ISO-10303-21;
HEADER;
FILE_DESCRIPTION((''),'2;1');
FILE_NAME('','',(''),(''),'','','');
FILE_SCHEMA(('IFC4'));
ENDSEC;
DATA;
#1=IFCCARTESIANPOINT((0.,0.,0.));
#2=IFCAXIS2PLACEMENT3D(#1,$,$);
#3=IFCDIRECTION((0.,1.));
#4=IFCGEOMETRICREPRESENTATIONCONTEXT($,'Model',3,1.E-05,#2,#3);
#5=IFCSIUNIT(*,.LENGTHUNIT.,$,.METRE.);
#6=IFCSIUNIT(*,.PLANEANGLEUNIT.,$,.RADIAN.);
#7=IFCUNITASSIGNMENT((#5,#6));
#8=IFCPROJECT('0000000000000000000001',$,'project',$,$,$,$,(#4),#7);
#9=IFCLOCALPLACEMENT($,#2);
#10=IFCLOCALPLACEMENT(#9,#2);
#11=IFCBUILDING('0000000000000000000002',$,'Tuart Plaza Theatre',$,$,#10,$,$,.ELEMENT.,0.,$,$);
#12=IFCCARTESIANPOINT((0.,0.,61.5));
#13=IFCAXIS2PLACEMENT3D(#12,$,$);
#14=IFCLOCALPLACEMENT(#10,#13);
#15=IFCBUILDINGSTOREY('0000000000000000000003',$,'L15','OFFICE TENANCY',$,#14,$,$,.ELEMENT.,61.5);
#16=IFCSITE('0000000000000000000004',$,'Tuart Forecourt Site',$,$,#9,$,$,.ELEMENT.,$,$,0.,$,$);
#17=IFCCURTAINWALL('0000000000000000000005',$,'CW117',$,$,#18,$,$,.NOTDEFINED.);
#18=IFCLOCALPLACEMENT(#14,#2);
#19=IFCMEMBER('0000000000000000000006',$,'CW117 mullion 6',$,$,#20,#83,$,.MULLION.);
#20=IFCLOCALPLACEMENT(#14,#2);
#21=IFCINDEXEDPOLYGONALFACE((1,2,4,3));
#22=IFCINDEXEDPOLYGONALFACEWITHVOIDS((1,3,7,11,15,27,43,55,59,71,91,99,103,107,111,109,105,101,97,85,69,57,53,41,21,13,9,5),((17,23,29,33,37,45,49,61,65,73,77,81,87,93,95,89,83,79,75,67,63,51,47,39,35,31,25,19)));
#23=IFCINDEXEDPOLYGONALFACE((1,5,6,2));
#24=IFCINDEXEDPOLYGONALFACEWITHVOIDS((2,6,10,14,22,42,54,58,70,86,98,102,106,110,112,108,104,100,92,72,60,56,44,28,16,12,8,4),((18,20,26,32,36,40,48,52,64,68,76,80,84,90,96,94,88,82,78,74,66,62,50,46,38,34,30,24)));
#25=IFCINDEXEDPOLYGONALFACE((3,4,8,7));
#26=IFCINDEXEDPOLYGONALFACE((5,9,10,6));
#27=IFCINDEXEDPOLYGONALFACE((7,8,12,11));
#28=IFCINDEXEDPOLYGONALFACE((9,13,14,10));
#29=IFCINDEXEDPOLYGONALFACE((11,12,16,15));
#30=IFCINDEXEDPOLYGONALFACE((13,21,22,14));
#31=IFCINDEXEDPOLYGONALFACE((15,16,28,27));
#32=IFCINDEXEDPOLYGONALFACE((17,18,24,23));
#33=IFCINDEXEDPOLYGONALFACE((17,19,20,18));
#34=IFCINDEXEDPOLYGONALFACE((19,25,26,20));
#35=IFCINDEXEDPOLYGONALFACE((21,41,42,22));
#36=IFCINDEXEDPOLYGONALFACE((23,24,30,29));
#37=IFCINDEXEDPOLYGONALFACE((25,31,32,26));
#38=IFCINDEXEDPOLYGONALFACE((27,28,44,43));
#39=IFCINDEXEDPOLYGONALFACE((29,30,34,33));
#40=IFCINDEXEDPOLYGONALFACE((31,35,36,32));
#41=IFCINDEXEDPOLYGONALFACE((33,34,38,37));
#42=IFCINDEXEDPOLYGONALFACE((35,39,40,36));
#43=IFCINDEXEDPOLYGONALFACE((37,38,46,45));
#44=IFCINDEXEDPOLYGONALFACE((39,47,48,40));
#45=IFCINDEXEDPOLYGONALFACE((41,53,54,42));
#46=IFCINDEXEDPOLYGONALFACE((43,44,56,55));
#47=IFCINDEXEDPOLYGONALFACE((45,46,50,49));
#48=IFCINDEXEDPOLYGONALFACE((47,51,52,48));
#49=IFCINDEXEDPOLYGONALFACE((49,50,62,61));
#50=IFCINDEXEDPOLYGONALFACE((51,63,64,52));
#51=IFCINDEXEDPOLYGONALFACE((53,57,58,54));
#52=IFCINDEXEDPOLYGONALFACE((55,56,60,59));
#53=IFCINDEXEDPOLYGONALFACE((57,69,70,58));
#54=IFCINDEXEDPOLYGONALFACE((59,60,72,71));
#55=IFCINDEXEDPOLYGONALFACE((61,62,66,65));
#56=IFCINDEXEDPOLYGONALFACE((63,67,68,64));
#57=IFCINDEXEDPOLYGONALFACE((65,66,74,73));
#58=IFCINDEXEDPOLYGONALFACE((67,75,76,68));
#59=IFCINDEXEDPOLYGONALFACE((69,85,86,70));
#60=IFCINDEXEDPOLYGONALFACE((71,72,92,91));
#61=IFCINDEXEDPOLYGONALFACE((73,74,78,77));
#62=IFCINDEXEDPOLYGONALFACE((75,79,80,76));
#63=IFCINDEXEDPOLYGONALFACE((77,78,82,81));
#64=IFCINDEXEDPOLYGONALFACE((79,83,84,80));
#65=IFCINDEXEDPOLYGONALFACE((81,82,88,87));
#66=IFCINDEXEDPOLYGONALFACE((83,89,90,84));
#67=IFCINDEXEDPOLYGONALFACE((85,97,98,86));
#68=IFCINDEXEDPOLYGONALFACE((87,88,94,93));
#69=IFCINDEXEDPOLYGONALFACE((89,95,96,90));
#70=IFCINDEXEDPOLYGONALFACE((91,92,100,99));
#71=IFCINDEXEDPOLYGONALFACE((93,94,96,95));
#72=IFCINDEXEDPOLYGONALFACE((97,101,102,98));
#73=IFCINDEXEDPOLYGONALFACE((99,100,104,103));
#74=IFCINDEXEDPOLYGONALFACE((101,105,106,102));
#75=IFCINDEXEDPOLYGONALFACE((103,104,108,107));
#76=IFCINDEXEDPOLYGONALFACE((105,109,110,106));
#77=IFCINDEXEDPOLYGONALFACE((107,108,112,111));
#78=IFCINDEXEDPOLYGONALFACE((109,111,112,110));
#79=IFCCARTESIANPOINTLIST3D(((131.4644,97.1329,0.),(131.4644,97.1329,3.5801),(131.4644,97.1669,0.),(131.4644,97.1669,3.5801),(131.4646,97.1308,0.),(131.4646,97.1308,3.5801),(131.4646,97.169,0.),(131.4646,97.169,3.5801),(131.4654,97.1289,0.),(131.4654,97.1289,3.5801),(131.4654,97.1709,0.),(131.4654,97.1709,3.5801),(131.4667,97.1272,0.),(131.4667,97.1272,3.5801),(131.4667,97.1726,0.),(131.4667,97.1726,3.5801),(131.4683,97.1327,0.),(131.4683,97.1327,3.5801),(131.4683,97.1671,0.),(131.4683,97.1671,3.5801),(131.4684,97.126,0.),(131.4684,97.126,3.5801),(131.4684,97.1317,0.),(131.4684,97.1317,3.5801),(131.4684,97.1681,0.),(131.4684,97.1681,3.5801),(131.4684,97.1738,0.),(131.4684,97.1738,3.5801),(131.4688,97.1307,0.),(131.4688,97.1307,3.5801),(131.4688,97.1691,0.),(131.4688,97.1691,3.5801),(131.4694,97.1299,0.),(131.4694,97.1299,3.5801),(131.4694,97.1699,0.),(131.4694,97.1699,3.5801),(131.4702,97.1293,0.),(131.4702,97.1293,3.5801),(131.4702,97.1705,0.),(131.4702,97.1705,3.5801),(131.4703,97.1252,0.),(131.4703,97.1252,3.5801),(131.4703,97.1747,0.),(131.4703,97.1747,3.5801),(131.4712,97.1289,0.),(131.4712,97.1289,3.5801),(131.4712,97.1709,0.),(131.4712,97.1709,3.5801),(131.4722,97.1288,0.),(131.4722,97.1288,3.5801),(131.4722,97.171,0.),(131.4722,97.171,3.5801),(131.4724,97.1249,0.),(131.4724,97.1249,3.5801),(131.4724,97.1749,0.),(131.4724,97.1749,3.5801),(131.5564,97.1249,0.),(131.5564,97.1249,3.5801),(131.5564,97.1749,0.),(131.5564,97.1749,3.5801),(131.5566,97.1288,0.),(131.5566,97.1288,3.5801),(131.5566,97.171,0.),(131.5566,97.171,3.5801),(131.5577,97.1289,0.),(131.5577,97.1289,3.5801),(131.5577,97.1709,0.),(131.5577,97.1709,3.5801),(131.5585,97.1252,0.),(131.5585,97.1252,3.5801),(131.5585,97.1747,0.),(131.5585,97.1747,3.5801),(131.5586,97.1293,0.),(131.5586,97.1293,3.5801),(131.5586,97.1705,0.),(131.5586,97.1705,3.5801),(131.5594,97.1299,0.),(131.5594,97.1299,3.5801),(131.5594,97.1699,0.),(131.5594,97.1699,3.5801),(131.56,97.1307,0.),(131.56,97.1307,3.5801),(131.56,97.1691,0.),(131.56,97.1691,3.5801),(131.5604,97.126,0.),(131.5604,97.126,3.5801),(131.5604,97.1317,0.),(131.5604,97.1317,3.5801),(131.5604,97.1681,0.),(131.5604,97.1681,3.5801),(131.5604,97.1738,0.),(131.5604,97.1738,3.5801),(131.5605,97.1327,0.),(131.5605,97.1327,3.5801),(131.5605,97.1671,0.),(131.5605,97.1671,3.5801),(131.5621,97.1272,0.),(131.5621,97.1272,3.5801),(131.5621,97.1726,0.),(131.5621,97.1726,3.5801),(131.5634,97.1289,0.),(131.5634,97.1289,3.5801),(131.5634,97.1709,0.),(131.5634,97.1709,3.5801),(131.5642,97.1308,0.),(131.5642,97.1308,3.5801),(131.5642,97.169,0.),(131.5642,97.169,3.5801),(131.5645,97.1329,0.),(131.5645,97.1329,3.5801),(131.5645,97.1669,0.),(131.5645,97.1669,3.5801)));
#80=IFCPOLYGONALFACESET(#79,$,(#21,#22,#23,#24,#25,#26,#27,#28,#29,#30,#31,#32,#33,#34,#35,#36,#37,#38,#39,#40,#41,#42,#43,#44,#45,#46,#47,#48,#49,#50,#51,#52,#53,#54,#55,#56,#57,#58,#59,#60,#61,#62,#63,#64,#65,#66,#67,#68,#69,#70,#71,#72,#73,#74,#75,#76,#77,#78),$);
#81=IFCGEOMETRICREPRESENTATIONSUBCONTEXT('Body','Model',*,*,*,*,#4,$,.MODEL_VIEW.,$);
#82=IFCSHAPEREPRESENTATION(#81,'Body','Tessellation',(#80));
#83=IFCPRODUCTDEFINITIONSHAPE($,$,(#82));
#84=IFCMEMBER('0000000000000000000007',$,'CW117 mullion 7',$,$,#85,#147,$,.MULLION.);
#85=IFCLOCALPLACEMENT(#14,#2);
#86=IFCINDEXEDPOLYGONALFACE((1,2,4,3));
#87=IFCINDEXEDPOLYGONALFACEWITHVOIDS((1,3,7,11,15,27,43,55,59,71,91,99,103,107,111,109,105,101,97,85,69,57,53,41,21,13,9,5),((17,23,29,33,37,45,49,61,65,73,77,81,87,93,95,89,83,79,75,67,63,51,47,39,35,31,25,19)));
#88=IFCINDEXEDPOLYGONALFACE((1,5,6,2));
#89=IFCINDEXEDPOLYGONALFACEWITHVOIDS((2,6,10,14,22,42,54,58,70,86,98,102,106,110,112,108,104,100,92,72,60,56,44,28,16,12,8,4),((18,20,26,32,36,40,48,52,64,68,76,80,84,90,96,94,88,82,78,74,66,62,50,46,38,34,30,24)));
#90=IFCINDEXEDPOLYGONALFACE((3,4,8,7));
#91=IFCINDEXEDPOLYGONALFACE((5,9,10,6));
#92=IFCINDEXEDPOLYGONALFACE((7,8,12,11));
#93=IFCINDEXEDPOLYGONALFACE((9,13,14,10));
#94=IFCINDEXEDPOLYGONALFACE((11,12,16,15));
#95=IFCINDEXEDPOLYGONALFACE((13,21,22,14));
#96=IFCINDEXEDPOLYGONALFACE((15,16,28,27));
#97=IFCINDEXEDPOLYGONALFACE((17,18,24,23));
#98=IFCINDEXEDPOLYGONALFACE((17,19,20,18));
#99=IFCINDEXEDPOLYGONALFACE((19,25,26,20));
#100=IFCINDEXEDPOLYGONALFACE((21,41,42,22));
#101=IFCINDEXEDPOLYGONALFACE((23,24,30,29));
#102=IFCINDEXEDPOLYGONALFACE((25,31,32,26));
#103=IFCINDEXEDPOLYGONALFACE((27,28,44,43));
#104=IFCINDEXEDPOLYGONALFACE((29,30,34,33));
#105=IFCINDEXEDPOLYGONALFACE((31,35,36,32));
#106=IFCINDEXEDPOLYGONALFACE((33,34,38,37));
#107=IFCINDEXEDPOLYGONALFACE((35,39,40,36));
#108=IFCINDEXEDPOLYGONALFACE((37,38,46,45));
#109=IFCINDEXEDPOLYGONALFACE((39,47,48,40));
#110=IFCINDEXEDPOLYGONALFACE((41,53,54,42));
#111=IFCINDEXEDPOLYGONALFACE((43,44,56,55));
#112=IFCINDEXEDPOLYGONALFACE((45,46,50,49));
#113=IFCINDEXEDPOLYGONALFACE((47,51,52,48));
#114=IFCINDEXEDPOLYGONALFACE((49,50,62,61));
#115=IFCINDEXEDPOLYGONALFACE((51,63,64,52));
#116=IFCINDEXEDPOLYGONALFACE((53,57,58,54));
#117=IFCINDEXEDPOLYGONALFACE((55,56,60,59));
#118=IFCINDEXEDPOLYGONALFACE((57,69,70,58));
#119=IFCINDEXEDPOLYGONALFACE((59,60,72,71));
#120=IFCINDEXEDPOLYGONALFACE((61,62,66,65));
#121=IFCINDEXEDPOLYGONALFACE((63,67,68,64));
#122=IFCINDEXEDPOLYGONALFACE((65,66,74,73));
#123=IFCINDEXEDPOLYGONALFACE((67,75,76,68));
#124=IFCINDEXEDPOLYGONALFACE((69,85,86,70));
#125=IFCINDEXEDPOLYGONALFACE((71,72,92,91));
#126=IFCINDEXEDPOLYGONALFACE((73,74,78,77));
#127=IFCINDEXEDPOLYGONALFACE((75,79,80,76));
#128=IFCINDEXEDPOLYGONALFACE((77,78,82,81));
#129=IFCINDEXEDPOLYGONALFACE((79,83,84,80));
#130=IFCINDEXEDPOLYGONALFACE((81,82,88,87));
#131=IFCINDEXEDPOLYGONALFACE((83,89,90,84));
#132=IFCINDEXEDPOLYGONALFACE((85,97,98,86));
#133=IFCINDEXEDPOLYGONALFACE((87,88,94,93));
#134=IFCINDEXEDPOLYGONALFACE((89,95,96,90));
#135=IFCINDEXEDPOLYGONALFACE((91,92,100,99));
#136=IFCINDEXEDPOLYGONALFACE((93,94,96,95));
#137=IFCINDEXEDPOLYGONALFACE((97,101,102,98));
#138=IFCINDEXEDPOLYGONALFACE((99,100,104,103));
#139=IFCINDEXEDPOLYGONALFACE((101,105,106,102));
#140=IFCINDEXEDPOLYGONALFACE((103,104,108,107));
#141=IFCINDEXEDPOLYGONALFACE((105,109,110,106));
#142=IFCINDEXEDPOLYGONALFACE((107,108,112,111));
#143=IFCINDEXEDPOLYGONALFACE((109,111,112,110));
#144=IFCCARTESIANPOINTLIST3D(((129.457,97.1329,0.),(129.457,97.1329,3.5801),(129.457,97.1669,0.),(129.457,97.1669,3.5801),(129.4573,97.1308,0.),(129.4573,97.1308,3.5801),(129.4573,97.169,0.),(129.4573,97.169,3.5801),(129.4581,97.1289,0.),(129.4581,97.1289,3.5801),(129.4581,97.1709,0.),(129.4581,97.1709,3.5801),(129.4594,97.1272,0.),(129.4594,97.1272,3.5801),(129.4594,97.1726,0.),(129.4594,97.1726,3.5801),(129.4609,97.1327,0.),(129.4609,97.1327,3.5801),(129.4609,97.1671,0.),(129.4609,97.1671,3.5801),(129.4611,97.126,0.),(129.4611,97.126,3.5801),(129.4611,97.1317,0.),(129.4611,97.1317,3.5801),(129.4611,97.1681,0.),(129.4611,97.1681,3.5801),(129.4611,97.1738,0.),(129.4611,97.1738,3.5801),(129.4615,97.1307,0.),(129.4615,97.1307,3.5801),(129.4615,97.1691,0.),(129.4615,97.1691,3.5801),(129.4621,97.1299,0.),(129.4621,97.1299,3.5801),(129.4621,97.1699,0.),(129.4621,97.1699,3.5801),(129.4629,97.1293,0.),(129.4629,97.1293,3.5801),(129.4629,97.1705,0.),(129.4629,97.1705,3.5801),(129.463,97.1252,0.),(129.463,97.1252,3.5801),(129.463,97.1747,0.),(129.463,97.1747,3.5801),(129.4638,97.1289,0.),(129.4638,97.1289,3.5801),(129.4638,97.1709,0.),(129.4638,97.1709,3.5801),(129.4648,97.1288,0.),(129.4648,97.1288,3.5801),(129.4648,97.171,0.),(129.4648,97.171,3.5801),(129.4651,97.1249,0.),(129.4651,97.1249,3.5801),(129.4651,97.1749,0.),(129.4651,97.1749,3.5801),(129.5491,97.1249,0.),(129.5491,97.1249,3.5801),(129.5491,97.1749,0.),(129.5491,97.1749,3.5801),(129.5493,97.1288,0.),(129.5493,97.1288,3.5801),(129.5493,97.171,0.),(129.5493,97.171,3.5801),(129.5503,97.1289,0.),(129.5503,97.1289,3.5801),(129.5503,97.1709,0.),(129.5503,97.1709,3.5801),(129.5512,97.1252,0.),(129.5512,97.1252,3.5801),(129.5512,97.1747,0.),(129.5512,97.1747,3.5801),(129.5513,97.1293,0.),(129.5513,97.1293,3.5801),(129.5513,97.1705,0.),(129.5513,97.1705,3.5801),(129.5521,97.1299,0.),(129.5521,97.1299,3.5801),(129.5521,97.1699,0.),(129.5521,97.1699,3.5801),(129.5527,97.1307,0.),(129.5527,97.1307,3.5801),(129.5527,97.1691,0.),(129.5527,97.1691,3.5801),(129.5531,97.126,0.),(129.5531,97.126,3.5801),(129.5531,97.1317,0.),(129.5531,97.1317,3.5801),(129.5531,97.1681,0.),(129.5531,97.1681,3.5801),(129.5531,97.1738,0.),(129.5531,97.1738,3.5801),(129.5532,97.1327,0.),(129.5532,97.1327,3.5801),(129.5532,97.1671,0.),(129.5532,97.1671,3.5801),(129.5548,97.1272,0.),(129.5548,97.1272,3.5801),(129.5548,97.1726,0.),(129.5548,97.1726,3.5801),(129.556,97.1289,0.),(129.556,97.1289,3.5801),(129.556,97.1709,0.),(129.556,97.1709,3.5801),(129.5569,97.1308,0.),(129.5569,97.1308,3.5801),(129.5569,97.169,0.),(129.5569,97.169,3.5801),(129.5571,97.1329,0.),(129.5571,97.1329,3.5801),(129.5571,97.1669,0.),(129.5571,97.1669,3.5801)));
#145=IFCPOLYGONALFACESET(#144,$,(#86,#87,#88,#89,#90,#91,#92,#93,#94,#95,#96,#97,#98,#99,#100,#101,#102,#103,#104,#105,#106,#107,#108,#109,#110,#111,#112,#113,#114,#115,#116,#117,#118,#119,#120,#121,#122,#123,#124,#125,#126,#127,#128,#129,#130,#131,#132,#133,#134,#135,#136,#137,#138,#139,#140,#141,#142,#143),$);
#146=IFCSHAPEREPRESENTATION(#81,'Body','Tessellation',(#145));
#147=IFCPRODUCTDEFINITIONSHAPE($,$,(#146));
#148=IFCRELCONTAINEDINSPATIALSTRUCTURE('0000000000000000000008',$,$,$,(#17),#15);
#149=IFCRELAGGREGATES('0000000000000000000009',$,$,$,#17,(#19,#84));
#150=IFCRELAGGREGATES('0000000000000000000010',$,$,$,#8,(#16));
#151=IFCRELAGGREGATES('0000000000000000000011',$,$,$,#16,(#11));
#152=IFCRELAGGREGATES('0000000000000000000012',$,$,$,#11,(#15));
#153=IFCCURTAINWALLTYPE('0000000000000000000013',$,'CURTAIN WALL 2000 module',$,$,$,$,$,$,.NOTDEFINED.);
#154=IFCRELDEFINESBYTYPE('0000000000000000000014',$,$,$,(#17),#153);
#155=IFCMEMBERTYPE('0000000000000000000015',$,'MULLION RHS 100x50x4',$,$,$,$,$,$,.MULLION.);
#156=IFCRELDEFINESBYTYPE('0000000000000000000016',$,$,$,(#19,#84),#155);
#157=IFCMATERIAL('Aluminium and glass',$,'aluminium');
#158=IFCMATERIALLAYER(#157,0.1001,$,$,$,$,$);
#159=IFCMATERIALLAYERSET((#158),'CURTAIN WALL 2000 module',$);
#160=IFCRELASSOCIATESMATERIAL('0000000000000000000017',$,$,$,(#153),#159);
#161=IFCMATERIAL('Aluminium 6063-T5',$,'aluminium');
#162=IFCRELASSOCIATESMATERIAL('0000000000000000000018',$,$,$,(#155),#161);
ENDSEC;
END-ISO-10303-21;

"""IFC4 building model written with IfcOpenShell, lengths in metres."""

from ifc_helpers import new_model, si_unit, direction, frame, origin, origin_2d, place, context, subcontext, project, spatial, hollow_rectangle, extrude, material, layer, layer_set, material_profile, profile_set, type_object, element, aggregate, save


model = new_model("IFC4")

# Units and contexts
model_context = context("Model", 3, precision=1e-05, world=origin(), true_north=direction((0.0, 1.0)))
body_context = subcontext(model_context, "Body", "Model", "MODEL_VIEW")
ifc_project = project(units=[si_unit("LENGTHUNIT", "METRE"), si_unit("PLANEANGLEUNIT", "RADIAN")], contexts=[model_context])

# Site, building, storey
site_placement = place(None, origin())
site = spatial("IfcSite", under=ifc_project, at=site_placement, Name="Tuart Forecourt Site", CompositionType="ELEMENT", RefElevation=0.0)
building_placement = place(site_placement, origin())
building = spatial("IfcBuilding", under=site, at=building_placement, Name="Tuart Plaza Theatre", CompositionType="ELEMENT", ElevationOfRefHeight=0.0)
storey_placement = place(building_placement, frame((0.0, 0.0, 61.5)))
storey = spatial("IfcBuildingStorey", under=building, at=storey_placement, Name="L15", Description="OFFICE TENANCY", CompositionType="ELEMENT", Elevation=61.5)

# Curtain wall, members
ifc_material_1 = material(Name="Aluminium and glass", Category="aluminium")
ifc_layer_1 = layer(ifc_material_1, 0.1001)
ifc_layer_set_1 = layer_set([ifc_layer_1], Name="CURTAIN WALL 2000 module")
curtain_wall_type = type_object("IfcCurtainWallType", Name="CURTAIN WALL 2000 module", PredefinedType="NOTDEFINED", material=ifc_layer_set_1)
curtain_wall_placement = place(storey_placement, origin())
curtain_wall = element("IfcCurtainWall", 1, at=curtain_wall_placement, inside=storey, type_object=curtain_wall_type, Name="CW117", PredefinedType="NOTDEFINED")
ifc_material_2 = material(Name="Aluminium 6063-T5", Category="aluminium")
ifc_material_profile_1 = material_profile(ifc_material_2, hollow_rectangle(XDim=0.05, YDim=0.1001, WallThickness=0.0039, InnerFilletRadius=0.0039, OuterFilletRadius=0.0081, at=origin_2d()), Name="RHS 100x50x4")
ifc_profile_set_1 = profile_set([ifc_material_profile_1], Name="Aluminium 6063-T5")
member_type_1 = type_object("IfcMemberType", Name="MULLION RHS 100x50x4", PredefinedType="MULLION", material=ifc_profile_set_1)
member_1_placement = place(storey_placement, frame((131.5144, 97.1499, 0.0), z_axis=(0.0, 0.0, 1.0), x_axis=(0.0, -1.0, 0.0)))
member_1 = element("IfcMember", 2, at=member_1_placement, type_object=member_type_1, Name="CW117 mullion 6", PredefinedType="MULLION", context=body_context, shape_type="SweptSolid", body=[
    extrude(hollow_rectangle(XDim=0.05, YDim=0.1001, WallThickness=0.0039, InnerFilletRadius=0.0039, OuterFilletRadius=0.0081, at=origin_2d()), origin(), (0.0, 0.0, 1.0), 3.5801),
])
member_2_placement = place(storey_placement, frame((129.5071, 97.1499, 0.0), z_axis=(0.0, 0.0, 1.0), x_axis=(0.0, -1.0, 0.0)))
member_2 = element("IfcMember", 3, at=member_2_placement, type_object=member_type_1, Name="CW117 mullion 7", PredefinedType="MULLION", context=body_context, shape_type="SweptSolid", body=[
    extrude(hollow_rectangle(XDim=0.05, YDim=0.1001, WallThickness=0.0039, InnerFilletRadius=0.0039, OuterFilletRadius=0.0081, at=origin_2d()), origin(), (0.0, 0.0, 1.0), 3.5801),
])
aggregate(curtain_wall, [member_1, member_2])

save(model, "model.ifc")
